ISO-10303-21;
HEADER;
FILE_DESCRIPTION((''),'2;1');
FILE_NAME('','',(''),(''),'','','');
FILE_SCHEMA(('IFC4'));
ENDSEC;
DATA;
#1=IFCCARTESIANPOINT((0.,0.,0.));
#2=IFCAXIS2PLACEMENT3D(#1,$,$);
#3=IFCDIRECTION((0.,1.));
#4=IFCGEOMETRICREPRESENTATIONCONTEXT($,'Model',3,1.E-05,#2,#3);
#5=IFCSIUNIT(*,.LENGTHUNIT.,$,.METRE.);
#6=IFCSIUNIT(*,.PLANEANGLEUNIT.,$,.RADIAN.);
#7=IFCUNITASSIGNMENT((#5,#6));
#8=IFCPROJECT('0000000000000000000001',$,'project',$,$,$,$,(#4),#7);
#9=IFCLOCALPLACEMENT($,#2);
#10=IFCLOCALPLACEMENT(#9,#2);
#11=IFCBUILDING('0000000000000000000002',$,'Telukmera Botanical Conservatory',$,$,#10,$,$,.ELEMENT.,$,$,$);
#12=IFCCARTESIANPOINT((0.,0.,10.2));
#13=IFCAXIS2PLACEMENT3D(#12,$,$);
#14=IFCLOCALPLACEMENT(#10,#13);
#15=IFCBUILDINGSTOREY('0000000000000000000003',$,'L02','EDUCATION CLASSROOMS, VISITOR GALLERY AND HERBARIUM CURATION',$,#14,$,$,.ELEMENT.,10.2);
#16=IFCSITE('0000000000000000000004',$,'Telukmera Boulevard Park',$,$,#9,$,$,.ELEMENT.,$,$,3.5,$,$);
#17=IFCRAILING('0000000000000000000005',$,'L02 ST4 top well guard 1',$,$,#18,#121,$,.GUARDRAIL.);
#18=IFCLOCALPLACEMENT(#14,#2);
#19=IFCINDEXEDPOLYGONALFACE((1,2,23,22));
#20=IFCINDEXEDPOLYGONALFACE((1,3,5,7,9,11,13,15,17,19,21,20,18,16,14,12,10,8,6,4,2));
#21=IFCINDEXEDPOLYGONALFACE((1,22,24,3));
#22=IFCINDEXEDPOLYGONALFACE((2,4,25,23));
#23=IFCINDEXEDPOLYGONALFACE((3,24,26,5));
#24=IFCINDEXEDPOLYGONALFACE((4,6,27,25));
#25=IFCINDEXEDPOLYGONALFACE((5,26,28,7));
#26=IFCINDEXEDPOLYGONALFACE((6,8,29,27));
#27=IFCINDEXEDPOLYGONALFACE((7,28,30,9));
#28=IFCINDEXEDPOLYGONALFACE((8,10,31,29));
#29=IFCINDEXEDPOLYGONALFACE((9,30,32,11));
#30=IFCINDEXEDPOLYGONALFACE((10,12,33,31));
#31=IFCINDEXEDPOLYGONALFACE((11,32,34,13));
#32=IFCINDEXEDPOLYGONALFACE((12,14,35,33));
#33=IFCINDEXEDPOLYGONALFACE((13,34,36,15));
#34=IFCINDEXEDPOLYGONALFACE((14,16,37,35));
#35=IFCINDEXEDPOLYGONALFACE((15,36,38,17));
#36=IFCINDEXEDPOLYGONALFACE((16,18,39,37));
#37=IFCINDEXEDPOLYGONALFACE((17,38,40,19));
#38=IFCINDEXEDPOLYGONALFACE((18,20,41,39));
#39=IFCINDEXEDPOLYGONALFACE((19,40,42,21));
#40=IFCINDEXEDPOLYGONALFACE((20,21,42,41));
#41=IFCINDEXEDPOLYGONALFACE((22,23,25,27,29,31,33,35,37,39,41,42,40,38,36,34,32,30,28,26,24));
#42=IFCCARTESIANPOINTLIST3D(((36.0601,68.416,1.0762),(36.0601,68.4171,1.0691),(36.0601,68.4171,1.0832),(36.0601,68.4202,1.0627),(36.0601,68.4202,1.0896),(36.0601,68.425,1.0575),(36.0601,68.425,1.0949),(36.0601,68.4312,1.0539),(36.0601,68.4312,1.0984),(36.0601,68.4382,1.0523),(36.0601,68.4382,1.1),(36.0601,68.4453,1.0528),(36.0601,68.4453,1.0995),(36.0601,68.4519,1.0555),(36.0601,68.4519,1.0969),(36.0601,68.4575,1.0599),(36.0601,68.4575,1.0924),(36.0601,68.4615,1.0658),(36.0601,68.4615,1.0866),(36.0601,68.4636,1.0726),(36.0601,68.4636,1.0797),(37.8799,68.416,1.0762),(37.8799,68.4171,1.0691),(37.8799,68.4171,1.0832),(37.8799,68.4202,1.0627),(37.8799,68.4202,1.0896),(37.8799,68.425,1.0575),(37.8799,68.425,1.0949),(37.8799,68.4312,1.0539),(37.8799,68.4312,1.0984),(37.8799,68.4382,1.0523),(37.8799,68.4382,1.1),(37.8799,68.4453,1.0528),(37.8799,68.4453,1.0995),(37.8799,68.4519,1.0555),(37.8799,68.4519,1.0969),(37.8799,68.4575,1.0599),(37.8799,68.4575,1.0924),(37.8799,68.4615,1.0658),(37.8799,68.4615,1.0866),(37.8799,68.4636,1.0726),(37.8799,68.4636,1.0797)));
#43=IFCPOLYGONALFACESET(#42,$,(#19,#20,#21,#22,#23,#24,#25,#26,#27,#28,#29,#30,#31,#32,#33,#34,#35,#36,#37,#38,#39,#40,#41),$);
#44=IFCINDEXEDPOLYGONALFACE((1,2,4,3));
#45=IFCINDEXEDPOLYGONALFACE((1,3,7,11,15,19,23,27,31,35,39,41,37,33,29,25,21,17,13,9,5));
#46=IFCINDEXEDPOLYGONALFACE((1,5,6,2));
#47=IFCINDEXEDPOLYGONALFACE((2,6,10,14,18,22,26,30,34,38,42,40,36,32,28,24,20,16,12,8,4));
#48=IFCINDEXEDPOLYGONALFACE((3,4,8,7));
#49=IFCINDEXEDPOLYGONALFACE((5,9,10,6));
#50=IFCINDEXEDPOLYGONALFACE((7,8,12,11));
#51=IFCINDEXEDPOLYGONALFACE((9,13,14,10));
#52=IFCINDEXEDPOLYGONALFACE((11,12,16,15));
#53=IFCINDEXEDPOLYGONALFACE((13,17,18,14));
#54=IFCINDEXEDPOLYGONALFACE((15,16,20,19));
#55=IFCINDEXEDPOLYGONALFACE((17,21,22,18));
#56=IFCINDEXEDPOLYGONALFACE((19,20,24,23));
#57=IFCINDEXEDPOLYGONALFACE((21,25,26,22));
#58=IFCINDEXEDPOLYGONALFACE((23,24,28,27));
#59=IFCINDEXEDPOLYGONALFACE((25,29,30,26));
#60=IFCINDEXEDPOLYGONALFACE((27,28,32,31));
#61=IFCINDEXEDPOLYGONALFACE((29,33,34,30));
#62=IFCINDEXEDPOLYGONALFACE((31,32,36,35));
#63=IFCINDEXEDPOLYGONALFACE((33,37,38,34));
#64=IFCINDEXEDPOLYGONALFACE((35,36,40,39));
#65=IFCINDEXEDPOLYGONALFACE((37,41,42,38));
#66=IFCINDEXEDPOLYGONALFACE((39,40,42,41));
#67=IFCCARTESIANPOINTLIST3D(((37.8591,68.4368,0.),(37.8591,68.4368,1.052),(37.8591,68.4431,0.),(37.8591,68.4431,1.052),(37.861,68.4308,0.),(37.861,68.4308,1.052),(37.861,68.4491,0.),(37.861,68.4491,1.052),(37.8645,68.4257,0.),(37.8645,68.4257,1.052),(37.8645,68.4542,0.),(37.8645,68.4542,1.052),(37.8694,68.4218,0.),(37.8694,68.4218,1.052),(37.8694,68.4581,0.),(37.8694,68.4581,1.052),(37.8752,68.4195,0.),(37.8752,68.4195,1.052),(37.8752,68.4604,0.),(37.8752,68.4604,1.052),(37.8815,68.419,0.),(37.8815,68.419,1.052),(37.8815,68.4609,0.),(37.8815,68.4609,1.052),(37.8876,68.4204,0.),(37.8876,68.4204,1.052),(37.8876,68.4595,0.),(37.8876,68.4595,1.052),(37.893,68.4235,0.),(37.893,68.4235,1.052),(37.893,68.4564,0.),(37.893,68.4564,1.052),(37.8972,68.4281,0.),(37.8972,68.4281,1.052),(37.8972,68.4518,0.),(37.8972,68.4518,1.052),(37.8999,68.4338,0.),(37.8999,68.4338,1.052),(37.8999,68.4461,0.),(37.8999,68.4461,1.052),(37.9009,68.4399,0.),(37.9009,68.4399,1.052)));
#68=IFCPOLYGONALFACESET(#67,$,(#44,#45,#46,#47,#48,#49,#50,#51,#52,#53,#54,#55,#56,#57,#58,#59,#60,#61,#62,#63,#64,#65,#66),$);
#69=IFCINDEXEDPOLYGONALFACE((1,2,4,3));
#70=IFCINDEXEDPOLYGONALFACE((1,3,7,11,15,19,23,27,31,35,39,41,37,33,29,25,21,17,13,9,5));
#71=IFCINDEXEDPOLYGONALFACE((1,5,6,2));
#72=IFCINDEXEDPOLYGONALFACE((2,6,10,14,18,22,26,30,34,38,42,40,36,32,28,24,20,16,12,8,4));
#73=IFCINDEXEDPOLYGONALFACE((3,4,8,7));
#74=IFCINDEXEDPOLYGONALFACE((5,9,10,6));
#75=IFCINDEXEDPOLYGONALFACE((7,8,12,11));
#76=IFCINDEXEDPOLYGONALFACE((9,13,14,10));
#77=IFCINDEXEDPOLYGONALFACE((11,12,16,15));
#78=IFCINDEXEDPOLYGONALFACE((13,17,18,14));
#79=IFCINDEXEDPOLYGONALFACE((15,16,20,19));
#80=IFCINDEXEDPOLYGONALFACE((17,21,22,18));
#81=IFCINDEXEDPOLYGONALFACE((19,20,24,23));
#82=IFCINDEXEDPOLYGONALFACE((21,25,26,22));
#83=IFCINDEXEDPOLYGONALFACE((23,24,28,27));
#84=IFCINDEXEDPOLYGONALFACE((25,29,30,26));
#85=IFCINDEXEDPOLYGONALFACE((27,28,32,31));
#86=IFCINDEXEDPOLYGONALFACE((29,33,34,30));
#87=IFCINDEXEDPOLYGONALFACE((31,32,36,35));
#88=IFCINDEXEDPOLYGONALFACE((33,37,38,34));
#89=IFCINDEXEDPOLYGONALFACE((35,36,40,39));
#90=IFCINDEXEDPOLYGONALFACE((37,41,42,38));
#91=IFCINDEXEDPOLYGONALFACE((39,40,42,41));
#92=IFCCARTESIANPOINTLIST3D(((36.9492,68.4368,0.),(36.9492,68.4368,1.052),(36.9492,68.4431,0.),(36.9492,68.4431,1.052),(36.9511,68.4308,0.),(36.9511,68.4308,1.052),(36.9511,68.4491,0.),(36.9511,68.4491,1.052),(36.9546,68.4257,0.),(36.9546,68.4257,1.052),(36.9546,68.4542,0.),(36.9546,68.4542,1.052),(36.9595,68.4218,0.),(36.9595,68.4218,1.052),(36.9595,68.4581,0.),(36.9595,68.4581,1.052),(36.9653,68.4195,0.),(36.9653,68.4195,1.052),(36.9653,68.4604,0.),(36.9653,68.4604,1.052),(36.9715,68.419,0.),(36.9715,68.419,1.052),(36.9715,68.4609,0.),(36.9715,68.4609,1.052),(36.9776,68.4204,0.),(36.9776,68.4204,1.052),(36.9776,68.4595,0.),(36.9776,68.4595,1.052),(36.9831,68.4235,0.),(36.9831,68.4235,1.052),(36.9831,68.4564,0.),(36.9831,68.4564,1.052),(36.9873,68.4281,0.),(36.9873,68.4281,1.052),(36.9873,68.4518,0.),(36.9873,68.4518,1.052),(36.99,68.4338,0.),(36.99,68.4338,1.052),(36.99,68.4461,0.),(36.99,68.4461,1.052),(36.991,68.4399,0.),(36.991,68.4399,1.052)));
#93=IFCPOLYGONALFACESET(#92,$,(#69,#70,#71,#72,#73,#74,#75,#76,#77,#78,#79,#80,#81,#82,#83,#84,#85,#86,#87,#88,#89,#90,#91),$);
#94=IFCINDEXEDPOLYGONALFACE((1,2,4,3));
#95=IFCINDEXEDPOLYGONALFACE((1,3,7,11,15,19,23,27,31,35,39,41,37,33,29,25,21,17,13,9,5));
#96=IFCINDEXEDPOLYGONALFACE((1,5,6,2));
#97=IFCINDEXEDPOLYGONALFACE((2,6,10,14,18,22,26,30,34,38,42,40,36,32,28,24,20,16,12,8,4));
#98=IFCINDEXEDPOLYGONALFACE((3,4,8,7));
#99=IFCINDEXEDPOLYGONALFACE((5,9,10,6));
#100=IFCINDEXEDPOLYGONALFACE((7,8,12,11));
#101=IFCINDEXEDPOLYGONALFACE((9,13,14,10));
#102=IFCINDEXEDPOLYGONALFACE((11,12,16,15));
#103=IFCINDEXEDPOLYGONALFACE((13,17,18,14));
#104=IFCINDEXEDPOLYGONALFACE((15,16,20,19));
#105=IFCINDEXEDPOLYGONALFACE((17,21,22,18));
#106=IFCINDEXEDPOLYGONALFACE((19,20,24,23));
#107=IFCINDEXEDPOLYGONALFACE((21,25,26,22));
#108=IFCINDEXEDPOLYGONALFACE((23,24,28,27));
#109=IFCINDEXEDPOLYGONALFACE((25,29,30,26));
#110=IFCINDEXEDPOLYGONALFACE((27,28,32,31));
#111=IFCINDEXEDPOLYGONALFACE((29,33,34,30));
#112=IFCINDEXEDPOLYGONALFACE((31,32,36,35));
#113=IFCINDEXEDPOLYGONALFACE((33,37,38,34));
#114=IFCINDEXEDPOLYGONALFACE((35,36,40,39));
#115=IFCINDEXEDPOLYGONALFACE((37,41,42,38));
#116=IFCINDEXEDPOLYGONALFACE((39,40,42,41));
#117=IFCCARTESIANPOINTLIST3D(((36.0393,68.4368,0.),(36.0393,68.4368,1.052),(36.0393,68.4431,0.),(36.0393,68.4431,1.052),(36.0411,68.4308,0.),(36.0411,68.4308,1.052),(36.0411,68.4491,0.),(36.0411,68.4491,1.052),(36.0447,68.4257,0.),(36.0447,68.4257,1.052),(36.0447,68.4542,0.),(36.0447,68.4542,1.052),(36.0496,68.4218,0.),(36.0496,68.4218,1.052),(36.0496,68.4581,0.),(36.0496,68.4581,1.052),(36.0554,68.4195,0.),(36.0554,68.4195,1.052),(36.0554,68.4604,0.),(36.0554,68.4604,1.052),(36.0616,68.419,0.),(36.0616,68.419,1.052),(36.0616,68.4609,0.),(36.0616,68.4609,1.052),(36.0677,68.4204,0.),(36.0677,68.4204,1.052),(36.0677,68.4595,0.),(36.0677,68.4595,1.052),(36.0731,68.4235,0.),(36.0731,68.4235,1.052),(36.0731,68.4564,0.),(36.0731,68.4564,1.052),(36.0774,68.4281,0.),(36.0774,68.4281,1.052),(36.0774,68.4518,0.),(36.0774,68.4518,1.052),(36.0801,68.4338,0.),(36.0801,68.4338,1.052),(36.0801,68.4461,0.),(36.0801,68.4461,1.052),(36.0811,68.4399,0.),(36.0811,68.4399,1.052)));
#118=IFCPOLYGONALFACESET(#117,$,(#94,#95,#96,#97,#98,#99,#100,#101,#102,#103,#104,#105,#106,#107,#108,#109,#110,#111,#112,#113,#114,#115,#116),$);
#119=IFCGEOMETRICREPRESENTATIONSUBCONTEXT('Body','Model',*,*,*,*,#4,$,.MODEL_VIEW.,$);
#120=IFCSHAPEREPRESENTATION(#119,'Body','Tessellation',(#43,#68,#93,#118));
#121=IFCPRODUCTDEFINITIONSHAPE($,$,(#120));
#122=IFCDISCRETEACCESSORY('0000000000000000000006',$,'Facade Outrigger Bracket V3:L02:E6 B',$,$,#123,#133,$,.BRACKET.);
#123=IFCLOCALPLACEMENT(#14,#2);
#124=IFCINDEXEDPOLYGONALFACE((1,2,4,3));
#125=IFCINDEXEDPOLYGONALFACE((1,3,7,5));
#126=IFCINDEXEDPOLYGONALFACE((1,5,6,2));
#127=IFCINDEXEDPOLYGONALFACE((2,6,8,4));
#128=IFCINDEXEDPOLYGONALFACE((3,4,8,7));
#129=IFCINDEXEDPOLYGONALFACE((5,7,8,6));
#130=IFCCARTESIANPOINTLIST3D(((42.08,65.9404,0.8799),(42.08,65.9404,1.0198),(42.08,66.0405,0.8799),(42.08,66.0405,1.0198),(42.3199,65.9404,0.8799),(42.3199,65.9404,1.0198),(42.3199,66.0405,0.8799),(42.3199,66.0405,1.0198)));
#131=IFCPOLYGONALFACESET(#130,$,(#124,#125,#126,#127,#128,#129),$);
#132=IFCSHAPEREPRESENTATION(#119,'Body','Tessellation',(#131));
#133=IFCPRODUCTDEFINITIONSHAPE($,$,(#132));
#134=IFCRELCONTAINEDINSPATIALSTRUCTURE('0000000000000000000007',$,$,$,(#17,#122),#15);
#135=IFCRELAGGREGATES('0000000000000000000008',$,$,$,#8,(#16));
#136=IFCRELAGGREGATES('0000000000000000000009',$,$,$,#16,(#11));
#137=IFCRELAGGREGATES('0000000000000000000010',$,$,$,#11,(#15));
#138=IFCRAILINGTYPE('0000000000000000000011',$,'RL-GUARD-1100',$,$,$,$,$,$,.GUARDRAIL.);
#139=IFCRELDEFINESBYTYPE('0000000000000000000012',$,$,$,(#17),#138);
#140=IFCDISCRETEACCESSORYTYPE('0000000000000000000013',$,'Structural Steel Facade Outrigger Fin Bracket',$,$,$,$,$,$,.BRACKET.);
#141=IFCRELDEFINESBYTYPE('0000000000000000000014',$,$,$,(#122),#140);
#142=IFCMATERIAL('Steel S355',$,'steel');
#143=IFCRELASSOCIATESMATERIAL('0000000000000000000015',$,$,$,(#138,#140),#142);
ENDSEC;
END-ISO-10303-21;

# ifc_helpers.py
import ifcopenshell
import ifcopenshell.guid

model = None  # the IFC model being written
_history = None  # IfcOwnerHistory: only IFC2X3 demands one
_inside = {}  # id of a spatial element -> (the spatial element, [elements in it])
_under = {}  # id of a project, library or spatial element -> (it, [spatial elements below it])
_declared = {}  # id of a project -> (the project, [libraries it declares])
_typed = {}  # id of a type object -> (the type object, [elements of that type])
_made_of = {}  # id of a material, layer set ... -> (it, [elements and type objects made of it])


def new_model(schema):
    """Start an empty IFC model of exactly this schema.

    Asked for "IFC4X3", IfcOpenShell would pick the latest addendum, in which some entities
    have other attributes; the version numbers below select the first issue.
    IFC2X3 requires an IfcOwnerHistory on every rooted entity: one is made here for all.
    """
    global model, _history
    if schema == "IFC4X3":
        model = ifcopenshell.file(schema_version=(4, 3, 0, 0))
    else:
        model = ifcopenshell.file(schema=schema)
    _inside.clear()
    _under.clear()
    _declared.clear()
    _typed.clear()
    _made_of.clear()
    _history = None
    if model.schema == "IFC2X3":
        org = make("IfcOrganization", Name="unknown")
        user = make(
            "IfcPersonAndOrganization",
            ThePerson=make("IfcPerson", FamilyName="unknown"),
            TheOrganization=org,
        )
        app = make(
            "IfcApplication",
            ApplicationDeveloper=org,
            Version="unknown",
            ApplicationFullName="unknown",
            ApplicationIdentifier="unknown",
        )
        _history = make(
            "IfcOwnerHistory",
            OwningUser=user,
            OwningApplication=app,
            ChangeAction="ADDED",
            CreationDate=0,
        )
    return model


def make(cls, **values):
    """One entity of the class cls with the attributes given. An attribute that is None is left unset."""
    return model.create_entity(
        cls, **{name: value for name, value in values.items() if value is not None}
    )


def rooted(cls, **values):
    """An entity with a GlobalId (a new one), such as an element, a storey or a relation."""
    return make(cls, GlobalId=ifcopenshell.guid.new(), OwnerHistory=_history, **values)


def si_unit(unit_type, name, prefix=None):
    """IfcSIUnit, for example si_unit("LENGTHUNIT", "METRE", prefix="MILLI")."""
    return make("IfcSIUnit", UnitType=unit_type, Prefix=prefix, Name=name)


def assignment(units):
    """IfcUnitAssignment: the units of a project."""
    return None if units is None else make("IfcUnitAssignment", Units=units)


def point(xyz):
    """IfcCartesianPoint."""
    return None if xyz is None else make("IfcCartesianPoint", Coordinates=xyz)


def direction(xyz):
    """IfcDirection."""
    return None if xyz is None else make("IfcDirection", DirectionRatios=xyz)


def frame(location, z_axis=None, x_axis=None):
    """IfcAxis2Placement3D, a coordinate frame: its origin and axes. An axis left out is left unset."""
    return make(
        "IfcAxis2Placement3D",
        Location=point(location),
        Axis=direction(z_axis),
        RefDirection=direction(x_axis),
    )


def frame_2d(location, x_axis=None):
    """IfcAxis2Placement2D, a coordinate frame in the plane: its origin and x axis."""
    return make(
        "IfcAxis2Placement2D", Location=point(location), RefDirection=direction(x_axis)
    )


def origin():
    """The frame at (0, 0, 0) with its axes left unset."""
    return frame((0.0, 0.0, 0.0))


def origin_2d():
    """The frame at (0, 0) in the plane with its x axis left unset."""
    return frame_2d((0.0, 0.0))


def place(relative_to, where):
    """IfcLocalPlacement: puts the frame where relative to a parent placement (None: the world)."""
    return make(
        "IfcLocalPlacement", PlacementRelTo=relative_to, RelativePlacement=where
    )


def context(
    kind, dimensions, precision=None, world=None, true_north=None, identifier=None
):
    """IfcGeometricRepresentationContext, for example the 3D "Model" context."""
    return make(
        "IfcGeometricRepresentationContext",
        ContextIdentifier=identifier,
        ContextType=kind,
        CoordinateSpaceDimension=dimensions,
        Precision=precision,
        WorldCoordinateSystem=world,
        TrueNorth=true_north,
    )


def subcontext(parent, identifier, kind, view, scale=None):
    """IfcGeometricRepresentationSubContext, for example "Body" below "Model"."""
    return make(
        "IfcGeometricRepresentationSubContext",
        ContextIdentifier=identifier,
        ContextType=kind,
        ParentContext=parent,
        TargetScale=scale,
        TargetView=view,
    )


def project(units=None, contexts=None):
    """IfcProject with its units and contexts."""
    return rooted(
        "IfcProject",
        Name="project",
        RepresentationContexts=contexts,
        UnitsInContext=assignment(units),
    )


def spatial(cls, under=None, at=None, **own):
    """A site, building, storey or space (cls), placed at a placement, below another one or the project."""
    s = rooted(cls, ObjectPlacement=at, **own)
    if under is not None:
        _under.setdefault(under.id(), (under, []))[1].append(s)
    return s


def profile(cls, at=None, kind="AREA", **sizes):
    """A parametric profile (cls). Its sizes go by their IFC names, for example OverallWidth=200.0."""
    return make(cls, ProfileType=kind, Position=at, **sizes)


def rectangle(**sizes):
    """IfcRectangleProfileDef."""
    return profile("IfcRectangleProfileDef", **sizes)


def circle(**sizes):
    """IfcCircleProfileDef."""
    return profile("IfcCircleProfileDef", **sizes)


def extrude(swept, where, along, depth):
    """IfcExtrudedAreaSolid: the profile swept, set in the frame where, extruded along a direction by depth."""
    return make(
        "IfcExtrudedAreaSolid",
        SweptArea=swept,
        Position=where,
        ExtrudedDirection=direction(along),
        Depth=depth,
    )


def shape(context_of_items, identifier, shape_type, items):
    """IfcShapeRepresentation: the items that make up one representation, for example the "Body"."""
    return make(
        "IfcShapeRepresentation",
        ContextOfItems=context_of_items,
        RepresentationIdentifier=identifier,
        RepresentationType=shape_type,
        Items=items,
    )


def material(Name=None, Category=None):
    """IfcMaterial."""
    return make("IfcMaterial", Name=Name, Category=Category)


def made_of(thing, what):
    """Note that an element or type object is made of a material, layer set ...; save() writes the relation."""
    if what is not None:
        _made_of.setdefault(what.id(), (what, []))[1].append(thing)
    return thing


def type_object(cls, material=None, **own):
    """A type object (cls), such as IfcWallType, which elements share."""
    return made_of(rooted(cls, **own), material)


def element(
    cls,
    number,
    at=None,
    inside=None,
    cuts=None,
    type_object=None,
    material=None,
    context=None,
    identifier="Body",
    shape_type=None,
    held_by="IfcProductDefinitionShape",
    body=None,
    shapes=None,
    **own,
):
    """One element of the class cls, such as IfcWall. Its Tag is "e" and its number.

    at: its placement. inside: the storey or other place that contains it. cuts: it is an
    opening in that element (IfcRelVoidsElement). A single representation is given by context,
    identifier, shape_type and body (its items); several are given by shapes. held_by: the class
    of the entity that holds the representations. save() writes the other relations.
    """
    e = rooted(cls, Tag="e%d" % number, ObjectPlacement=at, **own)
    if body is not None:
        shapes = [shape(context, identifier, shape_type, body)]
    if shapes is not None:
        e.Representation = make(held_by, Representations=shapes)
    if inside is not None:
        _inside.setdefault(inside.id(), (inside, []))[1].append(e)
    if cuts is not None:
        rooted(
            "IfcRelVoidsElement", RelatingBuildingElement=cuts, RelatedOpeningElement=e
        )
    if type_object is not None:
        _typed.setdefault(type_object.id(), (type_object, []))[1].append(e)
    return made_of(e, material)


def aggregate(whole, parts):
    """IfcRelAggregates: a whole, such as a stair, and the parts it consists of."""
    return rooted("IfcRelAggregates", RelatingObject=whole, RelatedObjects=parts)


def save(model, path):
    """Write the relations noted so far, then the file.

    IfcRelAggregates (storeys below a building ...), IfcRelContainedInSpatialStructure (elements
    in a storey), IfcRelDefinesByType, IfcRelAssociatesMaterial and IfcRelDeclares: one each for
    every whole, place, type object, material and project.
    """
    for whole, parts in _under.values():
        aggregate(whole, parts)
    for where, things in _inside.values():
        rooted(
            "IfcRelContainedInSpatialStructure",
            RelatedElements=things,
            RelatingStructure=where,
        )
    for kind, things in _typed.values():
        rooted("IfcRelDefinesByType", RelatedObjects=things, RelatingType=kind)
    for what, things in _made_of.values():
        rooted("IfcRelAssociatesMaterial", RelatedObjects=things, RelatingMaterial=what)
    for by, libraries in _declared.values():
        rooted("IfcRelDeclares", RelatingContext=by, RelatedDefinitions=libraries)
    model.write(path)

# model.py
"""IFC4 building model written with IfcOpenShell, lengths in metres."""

from ifc_helpers import new_model, si_unit, direction, frame, origin, origin_2d, place, context, subcontext, project, spatial, rectangle, circle, extrude, material, type_object, element, save


model = new_model("IFC4")

# Units and contexts
model_context = context("Model", 3, precision=1e-05, world=origin(), true_north=direction((0.0, 1.0)))
body_context = subcontext(model_context, "Body", "Model", "MODEL_VIEW")
ifc_project = project(units=[si_unit("LENGTHUNIT", "METRE"), si_unit("PLANEANGLEUNIT", "RADIAN")], contexts=[model_context])

# Site, building, storey
site_placement = place(None, origin())
site = spatial("IfcSite", under=ifc_project, at=site_placement, Name="Telukmera Boulevard Park", CompositionType="ELEMENT", RefElevation=3.5)
building_placement = place(site_placement, origin())
building = spatial("IfcBuilding", under=site, at=building_placement, Name="Telukmera Botanical Conservatory", CompositionType="ELEMENT")
storey_placement = place(building_placement, frame((0.0, 0.0, 10.2)))
storey = spatial("IfcBuildingStorey", under=building, at=storey_placement, Name="L02", Description="EDUCATION CLASSROOMS, VISITOR GALLERY AND HERBARIUM CURATION", CompositionType="ELEMENT", Elevation=10.2)

# Shared definitions
ifc_material_1 = material(Name="Steel S355", Category="steel")

# Railing
railing_type = type_object("IfcRailingType", Name="RL-GUARD-1100", PredefinedType="GUARDRAIL", material=ifc_material_1)
railing_placement = place(storey_placement, frame((37.8799, 68.4399, 0.0)))
element("IfcRailing", 1, at=railing_placement, inside=storey, type_object=railing_type, Name="L02 ST4 top well guard 1", PredefinedType="GUARDRAIL", context=body_context, shape_type="SweptSolid", body=[
    extrude(circle(Radius=0.0239, at=origin_2d()), frame((0.0, 0.0, 1.0762), z_axis=(-1.0, 0.0, 0.0), x_axis=(0.0, -1.0, 0.0)), (0.0, 0.0, 1.0), 1.8198),
    extrude(circle(Radius=0.021, at=origin_2d()), origin(), (0.0, 0.0, 1.0), 1.052),
    extrude(circle(Radius=0.021, at=origin_2d()), frame((-0.9099, 0.0, 0.0)), (0.0, 0.0, 1.0), 1.052),
    extrude(circle(Radius=0.021, at=origin_2d()), frame((-1.8198, 0.0, 0.0)), (0.0, 0.0, 1.0), 1.052),
])

# Discrete accessory
discrete_accessory_type = type_object("IfcDiscreteAccessoryType", Name="Structural Steel Facade Outrigger Fin Bracket", PredefinedType="BRACKET", material=ifc_material_1)
discrete_accessory_placement = place(storey_placement, frame((42.2, 65.9905, 0.8799), z_axis=(0.0, 0.0, 1.0), x_axis=(0.0, 1.0, 0.0)))
element("IfcDiscreteAccessory", 2, at=discrete_accessory_placement, inside=storey, type_object=discrete_accessory_type, Name="Facade Outrigger Bracket V3:L02:E6 B", PredefinedType="BRACKET", context=body_context, shape_type="SweptSolid", body=[
    extrude(rectangle(XDim=0.1001, YDim=0.24, at=origin_2d()), origin(), (0.0, 0.0, 1.0), 0.1399),
])

save(model, "model.ifc")
